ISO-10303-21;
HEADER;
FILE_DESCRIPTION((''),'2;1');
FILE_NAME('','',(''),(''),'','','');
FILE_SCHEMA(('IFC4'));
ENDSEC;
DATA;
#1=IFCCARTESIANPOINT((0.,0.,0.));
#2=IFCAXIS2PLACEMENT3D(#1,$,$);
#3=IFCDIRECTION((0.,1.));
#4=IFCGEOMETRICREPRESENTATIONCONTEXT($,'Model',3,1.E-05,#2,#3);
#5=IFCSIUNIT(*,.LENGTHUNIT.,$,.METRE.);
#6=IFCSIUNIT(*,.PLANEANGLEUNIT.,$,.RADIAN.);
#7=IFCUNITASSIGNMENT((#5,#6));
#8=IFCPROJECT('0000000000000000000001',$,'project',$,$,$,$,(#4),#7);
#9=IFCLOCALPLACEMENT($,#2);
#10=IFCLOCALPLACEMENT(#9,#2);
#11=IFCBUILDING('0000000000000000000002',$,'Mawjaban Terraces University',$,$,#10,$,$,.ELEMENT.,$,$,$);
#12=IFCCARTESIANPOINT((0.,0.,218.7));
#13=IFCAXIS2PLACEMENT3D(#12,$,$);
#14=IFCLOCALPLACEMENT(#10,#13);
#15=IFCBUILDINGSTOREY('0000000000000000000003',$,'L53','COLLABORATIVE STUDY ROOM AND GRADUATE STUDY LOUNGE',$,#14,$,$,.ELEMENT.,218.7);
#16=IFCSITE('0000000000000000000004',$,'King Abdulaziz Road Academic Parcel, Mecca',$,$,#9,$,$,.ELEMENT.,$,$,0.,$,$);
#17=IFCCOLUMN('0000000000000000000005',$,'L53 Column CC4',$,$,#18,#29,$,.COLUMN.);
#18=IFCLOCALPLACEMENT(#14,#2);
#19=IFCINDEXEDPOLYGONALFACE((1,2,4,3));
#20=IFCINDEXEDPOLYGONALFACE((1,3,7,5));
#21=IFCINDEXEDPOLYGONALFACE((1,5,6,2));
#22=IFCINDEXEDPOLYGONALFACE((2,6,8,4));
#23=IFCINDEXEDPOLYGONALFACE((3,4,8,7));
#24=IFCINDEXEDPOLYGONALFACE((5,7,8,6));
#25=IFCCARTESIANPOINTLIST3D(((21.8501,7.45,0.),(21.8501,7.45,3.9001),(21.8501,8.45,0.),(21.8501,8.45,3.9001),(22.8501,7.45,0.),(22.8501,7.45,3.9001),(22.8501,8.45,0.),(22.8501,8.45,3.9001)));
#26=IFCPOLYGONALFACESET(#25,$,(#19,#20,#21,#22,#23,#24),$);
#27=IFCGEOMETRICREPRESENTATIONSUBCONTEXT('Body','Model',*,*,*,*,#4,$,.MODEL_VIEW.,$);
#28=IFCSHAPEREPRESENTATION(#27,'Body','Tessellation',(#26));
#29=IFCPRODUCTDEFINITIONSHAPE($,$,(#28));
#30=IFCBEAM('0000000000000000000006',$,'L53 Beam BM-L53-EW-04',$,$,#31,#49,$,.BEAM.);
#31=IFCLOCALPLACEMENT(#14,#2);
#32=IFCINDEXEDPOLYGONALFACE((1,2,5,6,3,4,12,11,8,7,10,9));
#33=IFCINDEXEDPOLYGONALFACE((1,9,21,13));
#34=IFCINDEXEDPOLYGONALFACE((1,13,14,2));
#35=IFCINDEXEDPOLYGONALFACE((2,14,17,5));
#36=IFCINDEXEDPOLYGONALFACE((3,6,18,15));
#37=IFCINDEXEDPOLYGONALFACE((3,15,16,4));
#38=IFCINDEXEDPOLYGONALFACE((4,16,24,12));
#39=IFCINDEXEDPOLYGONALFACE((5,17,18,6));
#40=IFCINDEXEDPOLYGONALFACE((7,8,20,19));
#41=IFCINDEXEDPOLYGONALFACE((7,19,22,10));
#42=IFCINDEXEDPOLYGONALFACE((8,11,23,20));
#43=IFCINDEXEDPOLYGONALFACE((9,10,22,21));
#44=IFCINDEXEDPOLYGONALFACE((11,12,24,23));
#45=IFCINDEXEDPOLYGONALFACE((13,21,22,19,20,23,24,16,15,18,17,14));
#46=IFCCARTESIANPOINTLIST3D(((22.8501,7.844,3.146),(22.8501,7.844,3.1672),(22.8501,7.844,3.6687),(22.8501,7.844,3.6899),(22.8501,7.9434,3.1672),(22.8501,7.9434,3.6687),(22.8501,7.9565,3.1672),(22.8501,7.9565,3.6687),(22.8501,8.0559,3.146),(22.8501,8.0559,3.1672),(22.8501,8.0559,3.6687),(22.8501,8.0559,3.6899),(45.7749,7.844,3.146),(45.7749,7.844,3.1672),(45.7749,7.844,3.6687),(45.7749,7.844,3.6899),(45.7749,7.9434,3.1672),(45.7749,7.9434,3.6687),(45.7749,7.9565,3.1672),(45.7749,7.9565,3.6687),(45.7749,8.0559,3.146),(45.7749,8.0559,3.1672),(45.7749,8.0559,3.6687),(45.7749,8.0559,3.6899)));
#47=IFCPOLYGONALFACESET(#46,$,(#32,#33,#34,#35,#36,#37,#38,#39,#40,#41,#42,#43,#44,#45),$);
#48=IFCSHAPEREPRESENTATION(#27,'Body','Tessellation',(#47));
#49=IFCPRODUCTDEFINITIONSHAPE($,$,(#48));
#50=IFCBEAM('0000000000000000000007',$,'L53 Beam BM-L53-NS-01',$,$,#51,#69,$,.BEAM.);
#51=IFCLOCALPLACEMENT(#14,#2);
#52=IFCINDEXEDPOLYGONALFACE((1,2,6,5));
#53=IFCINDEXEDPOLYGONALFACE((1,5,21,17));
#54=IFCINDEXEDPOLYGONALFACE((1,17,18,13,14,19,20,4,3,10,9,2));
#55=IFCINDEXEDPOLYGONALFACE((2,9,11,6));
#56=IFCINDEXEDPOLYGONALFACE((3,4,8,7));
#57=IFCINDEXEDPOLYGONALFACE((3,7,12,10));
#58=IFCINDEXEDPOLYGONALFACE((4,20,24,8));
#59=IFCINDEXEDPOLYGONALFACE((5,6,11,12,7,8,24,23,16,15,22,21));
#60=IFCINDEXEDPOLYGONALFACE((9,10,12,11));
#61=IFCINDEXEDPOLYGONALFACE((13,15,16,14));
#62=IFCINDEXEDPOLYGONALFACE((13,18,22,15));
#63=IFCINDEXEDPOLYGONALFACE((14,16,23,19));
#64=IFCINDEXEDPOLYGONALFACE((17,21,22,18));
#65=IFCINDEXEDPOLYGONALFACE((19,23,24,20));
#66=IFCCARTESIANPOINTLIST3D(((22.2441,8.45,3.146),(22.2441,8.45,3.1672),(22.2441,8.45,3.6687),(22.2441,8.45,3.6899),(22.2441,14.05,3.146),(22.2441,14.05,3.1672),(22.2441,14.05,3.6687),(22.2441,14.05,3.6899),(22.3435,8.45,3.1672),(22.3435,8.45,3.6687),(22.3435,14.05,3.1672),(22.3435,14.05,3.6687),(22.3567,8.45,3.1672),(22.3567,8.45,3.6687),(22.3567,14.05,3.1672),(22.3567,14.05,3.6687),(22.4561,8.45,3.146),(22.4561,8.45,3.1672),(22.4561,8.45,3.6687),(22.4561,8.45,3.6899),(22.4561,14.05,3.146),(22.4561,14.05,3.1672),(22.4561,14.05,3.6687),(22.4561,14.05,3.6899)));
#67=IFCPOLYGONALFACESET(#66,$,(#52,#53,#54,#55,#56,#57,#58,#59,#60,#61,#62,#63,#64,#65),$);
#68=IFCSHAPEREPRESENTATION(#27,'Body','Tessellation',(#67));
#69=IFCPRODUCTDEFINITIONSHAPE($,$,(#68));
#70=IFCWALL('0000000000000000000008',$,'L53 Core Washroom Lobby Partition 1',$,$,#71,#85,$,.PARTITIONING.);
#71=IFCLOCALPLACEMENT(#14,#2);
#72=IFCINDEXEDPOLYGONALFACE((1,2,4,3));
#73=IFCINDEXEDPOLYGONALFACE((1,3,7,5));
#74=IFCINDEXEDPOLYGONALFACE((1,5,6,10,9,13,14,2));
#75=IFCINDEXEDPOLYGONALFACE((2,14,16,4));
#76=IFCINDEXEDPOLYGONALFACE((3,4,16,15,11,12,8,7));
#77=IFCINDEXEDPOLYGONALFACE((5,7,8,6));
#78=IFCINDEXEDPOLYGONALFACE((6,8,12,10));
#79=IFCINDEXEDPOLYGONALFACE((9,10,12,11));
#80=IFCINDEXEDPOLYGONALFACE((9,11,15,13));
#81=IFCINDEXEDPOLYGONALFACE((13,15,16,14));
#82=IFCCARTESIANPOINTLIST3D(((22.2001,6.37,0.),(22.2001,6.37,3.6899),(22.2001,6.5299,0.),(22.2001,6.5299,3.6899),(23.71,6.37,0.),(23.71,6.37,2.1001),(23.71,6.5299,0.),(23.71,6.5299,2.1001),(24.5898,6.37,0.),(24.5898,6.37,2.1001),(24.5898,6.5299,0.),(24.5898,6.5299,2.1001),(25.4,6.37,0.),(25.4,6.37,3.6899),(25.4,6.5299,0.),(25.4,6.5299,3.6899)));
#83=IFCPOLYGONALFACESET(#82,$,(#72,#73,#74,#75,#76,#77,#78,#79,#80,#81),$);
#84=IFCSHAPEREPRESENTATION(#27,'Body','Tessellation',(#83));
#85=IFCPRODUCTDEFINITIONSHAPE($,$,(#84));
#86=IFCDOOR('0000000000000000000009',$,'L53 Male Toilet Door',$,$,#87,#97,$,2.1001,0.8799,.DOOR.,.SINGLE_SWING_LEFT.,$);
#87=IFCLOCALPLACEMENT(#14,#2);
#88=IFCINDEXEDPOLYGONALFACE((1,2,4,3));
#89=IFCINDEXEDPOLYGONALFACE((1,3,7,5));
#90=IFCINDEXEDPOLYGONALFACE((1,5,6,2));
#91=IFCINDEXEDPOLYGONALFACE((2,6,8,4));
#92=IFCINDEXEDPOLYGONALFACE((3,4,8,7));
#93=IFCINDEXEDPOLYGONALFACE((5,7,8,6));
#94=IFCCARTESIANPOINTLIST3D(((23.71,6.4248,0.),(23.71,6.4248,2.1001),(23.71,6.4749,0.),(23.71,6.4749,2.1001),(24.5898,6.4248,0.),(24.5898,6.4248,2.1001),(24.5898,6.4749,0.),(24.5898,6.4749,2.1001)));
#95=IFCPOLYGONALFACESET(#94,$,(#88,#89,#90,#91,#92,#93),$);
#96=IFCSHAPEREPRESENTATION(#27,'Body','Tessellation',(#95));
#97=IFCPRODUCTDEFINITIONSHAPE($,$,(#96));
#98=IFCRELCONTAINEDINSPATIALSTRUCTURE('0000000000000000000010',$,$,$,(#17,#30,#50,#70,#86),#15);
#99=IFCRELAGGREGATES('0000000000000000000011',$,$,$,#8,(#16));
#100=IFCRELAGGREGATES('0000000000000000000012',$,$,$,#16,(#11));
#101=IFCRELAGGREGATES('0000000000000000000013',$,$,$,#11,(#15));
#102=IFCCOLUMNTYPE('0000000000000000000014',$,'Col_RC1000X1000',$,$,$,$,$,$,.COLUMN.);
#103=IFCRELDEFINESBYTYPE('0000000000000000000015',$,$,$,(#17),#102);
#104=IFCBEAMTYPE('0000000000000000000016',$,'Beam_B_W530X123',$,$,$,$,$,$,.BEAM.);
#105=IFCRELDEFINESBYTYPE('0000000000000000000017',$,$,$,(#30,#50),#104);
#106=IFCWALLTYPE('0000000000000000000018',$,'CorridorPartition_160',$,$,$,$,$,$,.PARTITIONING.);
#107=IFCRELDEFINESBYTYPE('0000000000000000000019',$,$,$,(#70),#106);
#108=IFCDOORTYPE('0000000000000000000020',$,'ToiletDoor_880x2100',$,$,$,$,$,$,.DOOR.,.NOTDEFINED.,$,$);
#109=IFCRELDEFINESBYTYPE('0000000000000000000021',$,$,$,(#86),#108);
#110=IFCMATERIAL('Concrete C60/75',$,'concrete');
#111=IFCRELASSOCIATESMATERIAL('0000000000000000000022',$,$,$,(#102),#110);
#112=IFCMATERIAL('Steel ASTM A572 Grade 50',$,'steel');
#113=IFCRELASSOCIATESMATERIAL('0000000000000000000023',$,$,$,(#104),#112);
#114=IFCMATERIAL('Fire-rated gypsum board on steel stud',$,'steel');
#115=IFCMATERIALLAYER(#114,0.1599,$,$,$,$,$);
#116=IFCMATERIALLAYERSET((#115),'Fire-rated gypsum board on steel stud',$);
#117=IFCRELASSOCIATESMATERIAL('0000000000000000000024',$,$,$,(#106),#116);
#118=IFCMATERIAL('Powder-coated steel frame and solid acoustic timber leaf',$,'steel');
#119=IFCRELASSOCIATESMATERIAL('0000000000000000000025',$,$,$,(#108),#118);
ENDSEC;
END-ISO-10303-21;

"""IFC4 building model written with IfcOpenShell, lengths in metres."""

from ifc_helpers import new_model, si_unit, direction, frame, frame_2d, origin, origin_2d, place, context, subcontext, project, spatial, rectangle, i_section, extrude, material, layer, layer_set, material_profile, profile_set, type_object, element, fill, save


model = new_model("IFC4")

# Units and contexts
model_context = context("Model", 3, precision=1e-05, world=origin(), true_north=direction((0.0, 1.0)))
body_context = subcontext(model_context, "Body", "Model", "MODEL_VIEW")
ifc_project = project(units=[si_unit("LENGTHUNIT", "METRE"), si_unit("PLANEANGLEUNIT", "RADIAN")], contexts=[model_context])

# Site, building, storey
site_placement = place(None, origin())
site = spatial("IfcSite", under=ifc_project, at=site_placement, Name="King Abdulaziz Road Academic Parcel, Mecca", CompositionType="ELEMENT", RefElevation=0.0)
building_placement = place(site_placement, origin())
building = spatial("IfcBuilding", under=site, at=building_placement, Name="Mawjaban Terraces University", CompositionType="ELEMENT")
storey_placement = place(building_placement, frame((0.0, 0.0, 218.7)))
storey = spatial("IfcBuildingStorey", under=building, at=storey_placement, Name="L53", Description="COLLABORATIVE STUDY ROOM AND GRADUATE STUDY LOUNGE", CompositionType="ELEMENT", Elevation=218.7)

# Column
ifc_material_1 = material(Name="Concrete C60/75", Category="concrete")
ifc_material_profile_1 = material_profile(ifc_material_1, rectangle(XDim=1.0, YDim=1.0, at=origin_2d()), Name="RC1000X1000")
ifc_profile_set_1 = profile_set([ifc_material_profile_1], Name="Concrete C60/75")
column_type = type_object("IfcColumnType", Name="Col_RC1000X1000", PredefinedType="COLUMN", material=ifc_profile_set_1)
column_placement = place(storey_placement, frame((22.3501, 7.95, 0.0), z_axis=(0.0, 0.0, 1.0), x_axis=(1.0, 0.0, 0.0)))
element("IfcColumn", 1, at=column_placement, inside=storey, type_object=column_type, Name="L53 Column CC4", PredefinedType="COLUMN", context=body_context, shape_type="SweptSolid", body=[
    extrude(rectangle(XDim=1.0, YDim=1.0, at=origin_2d()), origin(), (0.0, 0.0, 1.0), 3.9001),
])

# Beams
ifc_material_2 = material(Name="Steel ASTM A572 Grade 50", Category="steel")
ifc_material_profile_2 = material_profile(ifc_material_2, i_section(OverallWidth=0.2119, OverallDepth=0.5439, WebThickness=0.0132, FlangeThickness=0.0212, at=origin_2d()), Name="W530X123")
ifc_profile_set_2 = profile_set([ifc_material_profile_2], Name="Steel ASTM A572 Grade 50")
beam_type = type_object("IfcBeamType", Name="Beam_B_W530X123", PredefinedType="BEAM", material=ifc_profile_set_2)
beam_1_placement = place(storey_placement, frame((22.8501, 7.95, 3.418), z_axis=(1.0, 0.0, 0.0), x_axis=(0.0, 1.0, 0.0)))
element("IfcBeam", 2, at=beam_1_placement, inside=storey, type_object=beam_type, Name="L53 Beam BM-L53-EW-04", PredefinedType="BEAM", context=body_context, shape_type="SweptSolid", body=[
    extrude(i_section(OverallWidth=0.2119, OverallDepth=0.5439, WebThickness=0.0132, FlangeThickness=0.0212, at=origin_2d()), origin(), (0.0, 0.0, 1.0), 22.9248),
])
beam_2_placement = place(storey_placement, frame((22.3501, 8.45, 3.418), z_axis=(0.0, 1.0, 0.0), x_axis=(-1.0, 0.0, 0.0)))
element("IfcBeam", 3, at=beam_2_placement, inside=storey, type_object=beam_type, Name="L53 Beam BM-L53-NS-01", PredefinedType="BEAM", context=body_context, shape_type="SweptSolid", body=[
    extrude(i_section(OverallWidth=0.2119, OverallDepth=0.5439, WebThickness=0.0132, FlangeThickness=0.0212, at=origin_2d()), origin(), (0.0, 0.0, 1.0), 5.6001),
])

# Wall, opening, door
ifc_material_3 = material(Name="Fire-rated gypsum board on steel stud", Category="steel")
ifc_layer_1 = layer(ifc_material_3, 0.1599)
ifc_layer_set_1 = layer_set([ifc_layer_1], Name="Fire-rated gypsum board on steel stud")
wall_type_1 = type_object("IfcWallType", Name="CorridorPartition_160", PredefinedType="PARTITIONING", material=ifc_layer_set_1)
wall_1_placement = place(storey_placement, frame((22.2, 6.45, 0.0), z_axis=(0.0, 0.0, 1.0), x_axis=(1.0, 0.0, 0.0)))
wall_1 = element("IfcWall", 4, at=wall_1_placement, inside=storey, type_object=wall_type_1, Name="L53 Core Washroom Lobby Partition 1", PredefinedType="PARTITIONING", context=body_context, shape_type="SweptSolid", body=[
    extrude(rectangle(XDim=3.2, YDim=0.1599, at=frame_2d((1.6001, 0.0))), origin(), (0.0, 0.0, 1.0), 3.6899),
])
opening_1_placement = place(wall_1_placement, frame((1.51, 0.0, 0.0)))
opening_1 = element("IfcOpeningElement", 5, at=opening_1_placement, cuts=wall_1, PredefinedType="OPENING", context=body_context, shape_type="SweptSolid", body=[
    extrude(rectangle(XDim=0.8799, YDim=2.1001, at=frame_2d((0.4399, 1.05))), frame((0.0, 0.0898, 0.0), z_axis=(0.0, -1.0, 0.0), x_axis=(1.0, 0.0, 0.0)), (0.0, 0.0, 1.0), 0.1799),
])
ifc_material_4 = material(Name="Powder-coated steel frame and solid acoustic timber leaf", Category="steel")
door_type = type_object("IfcDoorType", Name="ToiletDoor_880x2100", OperationType="NOTDEFINED", PredefinedType="DOOR", material=ifc_material_4)
door_placement = place(opening_1_placement, origin())
door = element("IfcDoor", 6, at=door_placement, inside=storey, type_object=door_type, Name="L53 Male Toilet Door", OperationType="SINGLE_SWING_LEFT", OverallHeight=2.1001, OverallWidth=0.8799, PredefinedType="DOOR", context=body_context, shape_type="SweptSolid", body=[
    extrude(rectangle(XDim=0.8799, YDim=2.1001, at=frame_2d((0.4399, 1.05))), frame((0.0, 0.0249, 0.0), z_axis=(0.0, -1.0, 0.0), x_axis=(1.0, 0.0, 0.0)), (0.0, 0.0, 1.0), 0.05),
])
fill(opening_1, door)

save(model, "model.ifc")
